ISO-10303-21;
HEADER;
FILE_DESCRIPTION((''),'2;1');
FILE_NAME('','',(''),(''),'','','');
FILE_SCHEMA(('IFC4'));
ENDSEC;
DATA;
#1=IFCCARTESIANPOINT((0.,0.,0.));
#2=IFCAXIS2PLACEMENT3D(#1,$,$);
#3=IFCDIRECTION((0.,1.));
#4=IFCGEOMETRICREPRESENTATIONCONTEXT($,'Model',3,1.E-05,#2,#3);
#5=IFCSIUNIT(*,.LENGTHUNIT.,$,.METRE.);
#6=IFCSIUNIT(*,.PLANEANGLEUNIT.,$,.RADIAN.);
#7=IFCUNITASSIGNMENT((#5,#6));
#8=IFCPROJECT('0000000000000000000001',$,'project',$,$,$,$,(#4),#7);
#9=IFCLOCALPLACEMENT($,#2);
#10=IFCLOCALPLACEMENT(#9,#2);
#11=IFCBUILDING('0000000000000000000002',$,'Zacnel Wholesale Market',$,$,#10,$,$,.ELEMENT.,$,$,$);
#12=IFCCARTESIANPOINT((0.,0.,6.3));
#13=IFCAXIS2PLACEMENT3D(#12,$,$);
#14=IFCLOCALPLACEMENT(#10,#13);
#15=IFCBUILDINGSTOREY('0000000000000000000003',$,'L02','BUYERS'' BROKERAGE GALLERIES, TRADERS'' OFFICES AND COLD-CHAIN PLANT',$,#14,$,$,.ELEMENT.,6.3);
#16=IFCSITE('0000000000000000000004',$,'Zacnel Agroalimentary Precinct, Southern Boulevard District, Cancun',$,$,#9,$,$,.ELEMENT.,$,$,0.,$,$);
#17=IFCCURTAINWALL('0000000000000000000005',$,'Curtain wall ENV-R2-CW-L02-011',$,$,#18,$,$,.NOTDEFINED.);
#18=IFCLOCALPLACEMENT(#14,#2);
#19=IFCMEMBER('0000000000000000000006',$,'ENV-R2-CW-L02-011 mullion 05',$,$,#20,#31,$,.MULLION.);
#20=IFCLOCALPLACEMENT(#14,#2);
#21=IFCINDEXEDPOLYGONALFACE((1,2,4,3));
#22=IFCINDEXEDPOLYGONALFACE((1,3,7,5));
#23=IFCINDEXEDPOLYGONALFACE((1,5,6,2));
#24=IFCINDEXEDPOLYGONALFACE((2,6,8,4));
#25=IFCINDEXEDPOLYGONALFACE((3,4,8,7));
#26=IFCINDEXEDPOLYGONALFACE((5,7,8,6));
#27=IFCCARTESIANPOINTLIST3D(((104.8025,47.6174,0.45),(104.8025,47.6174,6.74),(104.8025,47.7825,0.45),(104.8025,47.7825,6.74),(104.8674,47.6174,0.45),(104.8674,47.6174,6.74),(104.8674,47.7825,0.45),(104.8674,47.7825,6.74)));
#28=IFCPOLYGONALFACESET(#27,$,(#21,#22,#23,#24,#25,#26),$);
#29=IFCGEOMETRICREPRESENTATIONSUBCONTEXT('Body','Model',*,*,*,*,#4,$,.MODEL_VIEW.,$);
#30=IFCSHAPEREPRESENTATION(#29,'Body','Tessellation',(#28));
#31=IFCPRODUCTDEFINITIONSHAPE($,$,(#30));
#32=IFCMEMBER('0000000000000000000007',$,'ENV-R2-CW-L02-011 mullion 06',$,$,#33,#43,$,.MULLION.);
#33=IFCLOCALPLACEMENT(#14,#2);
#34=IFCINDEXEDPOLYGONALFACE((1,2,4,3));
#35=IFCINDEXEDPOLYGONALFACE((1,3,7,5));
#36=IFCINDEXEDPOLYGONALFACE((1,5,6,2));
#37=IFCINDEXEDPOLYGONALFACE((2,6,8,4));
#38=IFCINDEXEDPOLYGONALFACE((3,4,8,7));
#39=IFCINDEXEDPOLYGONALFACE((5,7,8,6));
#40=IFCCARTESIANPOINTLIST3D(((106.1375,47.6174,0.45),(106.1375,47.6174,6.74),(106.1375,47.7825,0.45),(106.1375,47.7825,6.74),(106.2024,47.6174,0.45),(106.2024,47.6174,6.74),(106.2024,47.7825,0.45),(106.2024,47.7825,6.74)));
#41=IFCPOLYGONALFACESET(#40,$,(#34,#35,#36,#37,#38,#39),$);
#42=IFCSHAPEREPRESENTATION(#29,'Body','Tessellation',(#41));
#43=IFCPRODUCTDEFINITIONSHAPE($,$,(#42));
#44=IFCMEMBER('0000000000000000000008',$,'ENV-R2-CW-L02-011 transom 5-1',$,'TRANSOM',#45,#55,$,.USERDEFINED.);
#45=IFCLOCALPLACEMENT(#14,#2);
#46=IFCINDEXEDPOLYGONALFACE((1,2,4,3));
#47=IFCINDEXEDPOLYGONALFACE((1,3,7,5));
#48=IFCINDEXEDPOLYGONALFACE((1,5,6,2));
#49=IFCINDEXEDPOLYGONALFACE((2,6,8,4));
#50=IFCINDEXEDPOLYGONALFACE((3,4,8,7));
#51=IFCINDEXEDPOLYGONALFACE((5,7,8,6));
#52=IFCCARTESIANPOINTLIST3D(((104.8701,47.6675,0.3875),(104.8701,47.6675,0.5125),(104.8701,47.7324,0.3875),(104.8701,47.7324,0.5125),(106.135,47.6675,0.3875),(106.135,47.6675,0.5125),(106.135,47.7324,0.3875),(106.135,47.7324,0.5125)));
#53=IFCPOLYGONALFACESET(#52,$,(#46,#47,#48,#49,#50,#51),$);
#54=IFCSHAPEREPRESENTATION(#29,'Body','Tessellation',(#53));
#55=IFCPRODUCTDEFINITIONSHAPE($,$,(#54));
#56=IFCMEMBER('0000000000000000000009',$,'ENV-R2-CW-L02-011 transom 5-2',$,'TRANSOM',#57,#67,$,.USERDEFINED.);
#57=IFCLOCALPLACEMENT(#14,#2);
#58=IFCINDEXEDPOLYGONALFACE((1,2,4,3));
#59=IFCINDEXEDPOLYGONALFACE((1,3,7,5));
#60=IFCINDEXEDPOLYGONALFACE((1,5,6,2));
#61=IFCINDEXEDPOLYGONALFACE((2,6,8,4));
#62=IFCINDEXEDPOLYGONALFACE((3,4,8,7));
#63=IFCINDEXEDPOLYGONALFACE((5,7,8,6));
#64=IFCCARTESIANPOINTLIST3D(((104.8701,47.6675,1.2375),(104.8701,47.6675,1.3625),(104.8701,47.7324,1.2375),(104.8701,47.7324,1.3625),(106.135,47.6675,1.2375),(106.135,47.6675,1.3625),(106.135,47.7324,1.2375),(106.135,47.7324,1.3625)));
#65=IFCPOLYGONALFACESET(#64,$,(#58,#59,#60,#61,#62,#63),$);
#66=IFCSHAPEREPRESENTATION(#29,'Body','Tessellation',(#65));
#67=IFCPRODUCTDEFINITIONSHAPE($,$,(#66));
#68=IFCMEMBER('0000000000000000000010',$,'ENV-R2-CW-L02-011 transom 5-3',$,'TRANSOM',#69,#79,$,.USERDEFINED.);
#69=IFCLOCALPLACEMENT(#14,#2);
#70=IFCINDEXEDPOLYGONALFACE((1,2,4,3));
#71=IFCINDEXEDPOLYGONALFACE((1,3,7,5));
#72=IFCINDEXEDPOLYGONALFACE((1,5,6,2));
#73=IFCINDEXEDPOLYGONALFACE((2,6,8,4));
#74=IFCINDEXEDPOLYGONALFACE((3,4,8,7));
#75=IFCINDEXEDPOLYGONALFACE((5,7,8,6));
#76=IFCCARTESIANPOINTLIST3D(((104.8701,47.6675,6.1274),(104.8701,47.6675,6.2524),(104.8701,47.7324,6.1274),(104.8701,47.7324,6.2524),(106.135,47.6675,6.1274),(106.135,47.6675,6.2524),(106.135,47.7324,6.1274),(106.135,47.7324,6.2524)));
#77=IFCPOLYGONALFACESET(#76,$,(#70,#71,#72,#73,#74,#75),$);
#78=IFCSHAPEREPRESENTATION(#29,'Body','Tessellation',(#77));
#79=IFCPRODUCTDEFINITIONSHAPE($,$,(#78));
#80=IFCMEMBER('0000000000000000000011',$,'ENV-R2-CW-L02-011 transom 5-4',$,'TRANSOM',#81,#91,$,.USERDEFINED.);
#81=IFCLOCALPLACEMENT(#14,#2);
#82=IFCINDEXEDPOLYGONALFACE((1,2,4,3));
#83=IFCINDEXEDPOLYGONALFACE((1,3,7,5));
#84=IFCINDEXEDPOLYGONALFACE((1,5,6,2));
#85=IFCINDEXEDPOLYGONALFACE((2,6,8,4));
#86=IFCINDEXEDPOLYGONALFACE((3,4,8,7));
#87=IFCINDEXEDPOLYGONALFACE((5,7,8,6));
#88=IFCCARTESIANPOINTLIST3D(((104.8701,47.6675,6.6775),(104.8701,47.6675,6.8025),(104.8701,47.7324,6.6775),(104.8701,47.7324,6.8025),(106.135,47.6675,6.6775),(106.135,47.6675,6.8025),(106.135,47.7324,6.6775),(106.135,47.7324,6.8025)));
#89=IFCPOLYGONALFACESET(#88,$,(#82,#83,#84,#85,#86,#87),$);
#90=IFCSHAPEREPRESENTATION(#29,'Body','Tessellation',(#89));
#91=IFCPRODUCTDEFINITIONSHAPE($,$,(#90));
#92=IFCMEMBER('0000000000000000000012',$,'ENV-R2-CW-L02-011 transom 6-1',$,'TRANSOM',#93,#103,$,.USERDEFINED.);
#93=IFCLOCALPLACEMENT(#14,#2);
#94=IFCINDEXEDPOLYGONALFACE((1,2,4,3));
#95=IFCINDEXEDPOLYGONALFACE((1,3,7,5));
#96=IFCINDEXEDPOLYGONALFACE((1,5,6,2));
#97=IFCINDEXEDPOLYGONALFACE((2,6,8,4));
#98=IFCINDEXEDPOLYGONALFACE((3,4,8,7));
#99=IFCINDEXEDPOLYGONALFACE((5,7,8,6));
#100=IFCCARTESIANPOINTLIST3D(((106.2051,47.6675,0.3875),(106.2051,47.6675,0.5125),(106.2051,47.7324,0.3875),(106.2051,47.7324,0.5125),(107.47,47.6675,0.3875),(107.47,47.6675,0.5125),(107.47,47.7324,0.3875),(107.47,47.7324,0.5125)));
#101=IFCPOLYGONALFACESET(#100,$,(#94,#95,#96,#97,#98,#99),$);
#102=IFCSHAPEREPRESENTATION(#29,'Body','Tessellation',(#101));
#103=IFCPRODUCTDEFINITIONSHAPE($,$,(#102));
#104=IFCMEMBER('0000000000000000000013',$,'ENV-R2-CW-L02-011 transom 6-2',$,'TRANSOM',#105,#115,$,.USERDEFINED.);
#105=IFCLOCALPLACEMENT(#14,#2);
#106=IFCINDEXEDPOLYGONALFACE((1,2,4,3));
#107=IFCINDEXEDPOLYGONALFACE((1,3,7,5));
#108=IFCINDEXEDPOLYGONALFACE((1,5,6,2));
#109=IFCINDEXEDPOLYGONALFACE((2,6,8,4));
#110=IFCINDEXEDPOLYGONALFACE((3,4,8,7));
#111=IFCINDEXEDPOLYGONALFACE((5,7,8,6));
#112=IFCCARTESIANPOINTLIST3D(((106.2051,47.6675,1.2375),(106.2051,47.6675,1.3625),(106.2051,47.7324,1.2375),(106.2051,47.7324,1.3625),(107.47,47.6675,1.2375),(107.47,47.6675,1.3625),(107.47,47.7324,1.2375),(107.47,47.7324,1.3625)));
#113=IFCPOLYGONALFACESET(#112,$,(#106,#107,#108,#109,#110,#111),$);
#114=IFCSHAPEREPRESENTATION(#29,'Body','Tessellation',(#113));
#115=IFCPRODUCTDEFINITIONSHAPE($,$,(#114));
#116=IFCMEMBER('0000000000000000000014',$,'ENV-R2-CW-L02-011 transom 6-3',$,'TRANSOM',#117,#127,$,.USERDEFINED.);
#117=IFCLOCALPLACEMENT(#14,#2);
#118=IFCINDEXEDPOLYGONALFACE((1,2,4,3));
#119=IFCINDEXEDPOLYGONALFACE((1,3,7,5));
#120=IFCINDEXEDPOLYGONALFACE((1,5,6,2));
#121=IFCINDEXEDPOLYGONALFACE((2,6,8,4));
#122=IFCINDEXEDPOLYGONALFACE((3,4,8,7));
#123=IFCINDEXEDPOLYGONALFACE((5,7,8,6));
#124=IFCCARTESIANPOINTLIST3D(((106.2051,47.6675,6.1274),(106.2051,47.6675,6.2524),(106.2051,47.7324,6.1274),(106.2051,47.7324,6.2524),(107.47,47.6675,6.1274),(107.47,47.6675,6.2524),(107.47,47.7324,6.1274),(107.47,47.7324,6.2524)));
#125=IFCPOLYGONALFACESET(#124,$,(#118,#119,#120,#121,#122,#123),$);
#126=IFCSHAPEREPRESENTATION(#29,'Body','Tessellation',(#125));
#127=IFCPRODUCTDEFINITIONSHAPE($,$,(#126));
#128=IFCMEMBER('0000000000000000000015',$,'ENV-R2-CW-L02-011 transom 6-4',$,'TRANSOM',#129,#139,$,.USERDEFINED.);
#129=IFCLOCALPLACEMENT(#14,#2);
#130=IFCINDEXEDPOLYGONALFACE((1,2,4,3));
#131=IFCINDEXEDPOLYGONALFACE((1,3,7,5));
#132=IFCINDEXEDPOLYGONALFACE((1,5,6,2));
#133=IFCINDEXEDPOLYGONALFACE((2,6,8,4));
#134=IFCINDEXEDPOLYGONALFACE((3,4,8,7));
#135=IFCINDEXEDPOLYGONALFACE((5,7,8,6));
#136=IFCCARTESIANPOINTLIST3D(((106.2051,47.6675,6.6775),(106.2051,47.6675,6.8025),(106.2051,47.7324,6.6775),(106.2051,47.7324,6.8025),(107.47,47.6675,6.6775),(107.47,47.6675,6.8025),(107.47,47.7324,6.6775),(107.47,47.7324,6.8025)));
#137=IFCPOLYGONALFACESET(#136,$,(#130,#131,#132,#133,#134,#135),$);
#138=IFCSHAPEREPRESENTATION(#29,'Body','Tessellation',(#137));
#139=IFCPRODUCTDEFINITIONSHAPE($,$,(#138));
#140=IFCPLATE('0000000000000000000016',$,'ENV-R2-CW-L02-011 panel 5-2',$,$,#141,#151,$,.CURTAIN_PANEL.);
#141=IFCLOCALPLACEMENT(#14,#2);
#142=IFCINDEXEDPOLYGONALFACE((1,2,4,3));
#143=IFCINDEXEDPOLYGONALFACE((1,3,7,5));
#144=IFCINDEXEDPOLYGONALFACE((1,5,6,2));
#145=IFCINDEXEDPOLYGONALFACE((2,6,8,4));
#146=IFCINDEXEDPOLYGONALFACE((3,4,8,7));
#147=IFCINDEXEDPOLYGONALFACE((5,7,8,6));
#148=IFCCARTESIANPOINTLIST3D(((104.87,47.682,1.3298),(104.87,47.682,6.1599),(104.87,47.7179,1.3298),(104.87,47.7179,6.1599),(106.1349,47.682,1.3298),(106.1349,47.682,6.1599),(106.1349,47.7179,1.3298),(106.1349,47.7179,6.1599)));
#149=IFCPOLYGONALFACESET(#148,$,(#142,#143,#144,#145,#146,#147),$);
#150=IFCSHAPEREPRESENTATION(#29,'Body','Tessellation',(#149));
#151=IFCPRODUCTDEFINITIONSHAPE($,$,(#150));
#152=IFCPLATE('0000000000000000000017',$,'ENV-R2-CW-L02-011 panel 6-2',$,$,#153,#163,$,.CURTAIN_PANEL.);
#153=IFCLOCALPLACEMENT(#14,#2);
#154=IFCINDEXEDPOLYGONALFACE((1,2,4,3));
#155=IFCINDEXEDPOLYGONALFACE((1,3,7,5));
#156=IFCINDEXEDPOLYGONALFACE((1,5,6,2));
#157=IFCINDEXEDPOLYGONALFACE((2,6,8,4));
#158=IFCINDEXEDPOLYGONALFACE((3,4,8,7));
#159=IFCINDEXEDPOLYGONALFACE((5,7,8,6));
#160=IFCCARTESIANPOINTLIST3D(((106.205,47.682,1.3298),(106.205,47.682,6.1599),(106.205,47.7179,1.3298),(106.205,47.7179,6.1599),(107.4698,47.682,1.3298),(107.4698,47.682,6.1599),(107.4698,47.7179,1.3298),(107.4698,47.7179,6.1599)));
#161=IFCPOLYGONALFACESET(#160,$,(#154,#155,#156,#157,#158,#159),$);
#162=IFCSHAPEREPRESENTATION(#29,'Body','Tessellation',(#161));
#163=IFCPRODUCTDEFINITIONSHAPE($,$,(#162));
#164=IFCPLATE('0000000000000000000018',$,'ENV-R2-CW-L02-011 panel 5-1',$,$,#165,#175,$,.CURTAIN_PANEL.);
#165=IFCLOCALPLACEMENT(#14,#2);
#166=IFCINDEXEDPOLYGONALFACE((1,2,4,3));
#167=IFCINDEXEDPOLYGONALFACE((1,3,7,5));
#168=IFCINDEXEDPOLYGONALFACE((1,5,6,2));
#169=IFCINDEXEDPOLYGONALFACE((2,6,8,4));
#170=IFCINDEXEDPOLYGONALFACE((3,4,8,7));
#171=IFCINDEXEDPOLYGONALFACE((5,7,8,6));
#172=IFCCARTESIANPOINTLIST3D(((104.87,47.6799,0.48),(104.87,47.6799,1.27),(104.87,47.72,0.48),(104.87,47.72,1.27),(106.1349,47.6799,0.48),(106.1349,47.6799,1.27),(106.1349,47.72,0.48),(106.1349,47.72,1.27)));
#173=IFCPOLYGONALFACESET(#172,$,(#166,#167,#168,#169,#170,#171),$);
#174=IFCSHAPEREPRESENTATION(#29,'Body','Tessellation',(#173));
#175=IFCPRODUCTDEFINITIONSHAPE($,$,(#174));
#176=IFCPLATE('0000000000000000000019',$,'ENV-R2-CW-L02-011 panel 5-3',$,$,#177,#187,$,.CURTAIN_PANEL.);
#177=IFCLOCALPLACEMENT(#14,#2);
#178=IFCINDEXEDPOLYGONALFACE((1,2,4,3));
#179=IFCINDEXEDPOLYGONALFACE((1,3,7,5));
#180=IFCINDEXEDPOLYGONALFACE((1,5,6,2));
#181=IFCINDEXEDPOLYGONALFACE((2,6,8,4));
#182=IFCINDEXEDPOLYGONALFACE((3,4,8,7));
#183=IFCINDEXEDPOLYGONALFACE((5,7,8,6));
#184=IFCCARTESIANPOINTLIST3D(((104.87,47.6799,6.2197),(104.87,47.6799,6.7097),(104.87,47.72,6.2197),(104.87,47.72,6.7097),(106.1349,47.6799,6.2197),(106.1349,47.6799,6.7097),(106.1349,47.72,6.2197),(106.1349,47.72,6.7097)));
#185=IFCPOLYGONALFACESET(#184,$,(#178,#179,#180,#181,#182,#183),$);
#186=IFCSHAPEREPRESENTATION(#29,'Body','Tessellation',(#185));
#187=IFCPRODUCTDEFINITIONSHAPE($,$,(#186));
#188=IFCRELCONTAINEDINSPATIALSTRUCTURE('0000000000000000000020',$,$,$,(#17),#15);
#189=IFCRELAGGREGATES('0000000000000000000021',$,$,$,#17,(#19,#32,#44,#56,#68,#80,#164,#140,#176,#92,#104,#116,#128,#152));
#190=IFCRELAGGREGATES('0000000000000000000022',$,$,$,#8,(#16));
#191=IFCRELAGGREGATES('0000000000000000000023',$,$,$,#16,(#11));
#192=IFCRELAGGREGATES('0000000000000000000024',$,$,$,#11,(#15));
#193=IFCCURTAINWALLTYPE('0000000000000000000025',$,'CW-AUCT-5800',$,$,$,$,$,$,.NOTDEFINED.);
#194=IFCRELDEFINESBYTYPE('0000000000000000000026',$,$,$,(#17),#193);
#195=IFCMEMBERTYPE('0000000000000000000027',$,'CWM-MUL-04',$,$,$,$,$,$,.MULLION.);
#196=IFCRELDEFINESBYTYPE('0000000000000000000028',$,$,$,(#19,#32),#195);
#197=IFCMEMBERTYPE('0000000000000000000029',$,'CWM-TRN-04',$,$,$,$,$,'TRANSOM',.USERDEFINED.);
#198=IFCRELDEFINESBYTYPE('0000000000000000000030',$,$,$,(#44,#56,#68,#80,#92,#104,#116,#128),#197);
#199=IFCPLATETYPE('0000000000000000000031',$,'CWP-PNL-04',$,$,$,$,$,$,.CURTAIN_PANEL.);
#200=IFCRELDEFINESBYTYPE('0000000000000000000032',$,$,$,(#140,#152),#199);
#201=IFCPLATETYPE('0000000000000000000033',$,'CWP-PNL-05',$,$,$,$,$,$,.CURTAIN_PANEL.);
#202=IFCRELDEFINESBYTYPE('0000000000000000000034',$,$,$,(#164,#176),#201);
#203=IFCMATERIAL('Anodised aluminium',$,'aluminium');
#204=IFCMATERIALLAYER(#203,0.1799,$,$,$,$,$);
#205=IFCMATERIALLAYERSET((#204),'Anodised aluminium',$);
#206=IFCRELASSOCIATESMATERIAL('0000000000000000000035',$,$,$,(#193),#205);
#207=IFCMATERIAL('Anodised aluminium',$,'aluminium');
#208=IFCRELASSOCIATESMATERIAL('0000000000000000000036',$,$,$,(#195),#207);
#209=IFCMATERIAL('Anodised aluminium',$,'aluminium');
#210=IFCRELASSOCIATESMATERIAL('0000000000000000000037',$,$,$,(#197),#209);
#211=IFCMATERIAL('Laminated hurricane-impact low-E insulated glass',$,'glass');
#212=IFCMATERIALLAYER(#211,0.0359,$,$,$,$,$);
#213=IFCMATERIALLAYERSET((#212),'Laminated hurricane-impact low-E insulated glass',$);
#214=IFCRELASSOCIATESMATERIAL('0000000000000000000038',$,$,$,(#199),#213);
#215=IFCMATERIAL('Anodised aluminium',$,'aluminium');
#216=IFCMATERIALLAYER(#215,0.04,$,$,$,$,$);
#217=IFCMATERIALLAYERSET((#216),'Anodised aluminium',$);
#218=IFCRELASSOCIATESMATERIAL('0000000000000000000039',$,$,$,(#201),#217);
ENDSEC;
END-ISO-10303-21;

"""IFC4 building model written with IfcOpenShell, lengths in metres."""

from ifc_helpers import new_model, si_unit, direction, frame, origin, origin_2d, place, context, subcontext, project, spatial, rectangle, extrude, material, layer, layer_set, material_profile, profile_set, type_object, element, aggregate, save


model = new_model("IFC4")

# Units and contexts
model_context = context("Model", 3, precision=1e-05, world=origin(), true_north=direction((0.0, 1.0)))
body_context = subcontext(model_context, "Body", "Model", "MODEL_VIEW")
ifc_project = project(units=[si_unit("LENGTHUNIT", "METRE"), si_unit("PLANEANGLEUNIT", "RADIAN")], contexts=[model_context])

# Site, building, storey
site_placement = place(None, origin())
site = spatial("IfcSite", under=ifc_project, at=site_placement, Name="Zacnel Agroalimentary Precinct, Southern Boulevard District, Cancun", CompositionType="ELEMENT", RefElevation=0.0)
building_placement = place(site_placement, origin())
building = spatial("IfcBuilding", under=site, at=building_placement, Name="Zacnel Wholesale Market", CompositionType="ELEMENT")
storey_placement = place(building_placement, frame((0.0, 0.0, 6.3)))
storey = spatial("IfcBuildingStorey", under=building, at=storey_placement, Name="L02", Description="BUYERS' BROKERAGE GALLERIES, TRADERS' OFFICES AND COLD-CHAIN PLANT", CompositionType="ELEMENT", Elevation=6.3)

# Curtain wall, members, plates
ifc_material_1 = material(Name="Anodised aluminium", Category="aluminium")
ifc_layer_1 = layer(ifc_material_1, 0.1799)
ifc_layer_set_1 = layer_set([ifc_layer_1], Name="Anodised aluminium")
curtain_wall_type = type_object("IfcCurtainWallType", Name="CW-AUCT-5800", PredefinedType="NOTDEFINED", material=ifc_layer_set_1)
curtain_wall_placement = place(storey_placement, origin())
curtain_wall = element("IfcCurtainWall", 1, at=curtain_wall_placement, inside=storey, type_object=curtain_wall_type, Name="Curtain wall ENV-R2-CW-L02-011", PredefinedType="NOTDEFINED")
ifc_material_2 = material(Name="Anodised aluminium", Category="aluminium")
ifc_material_profile_1 = material_profile(ifc_material_2, rectangle(XDim=0.0649, YDim=0.165, at=origin_2d()), Name="AW-MULLION 65x165")
ifc_profile_set_1 = profile_set([ifc_material_profile_1], Name="Anodised aluminium")
member_type_1 = type_object("IfcMemberType", Name="CWM-MUL-04", PredefinedType="MULLION", material=ifc_profile_set_1)
member_1_placement = place(storey_placement, frame((104.835, 47.7, 0.45), z_axis=(0.0, 0.0, 1.0), x_axis=(1.0, 0.0, 0.0)))
member_1 = element("IfcMember", 2, at=member_1_placement, type_object=member_type_1, Name="ENV-R2-CW-L02-011 mullion 05", PredefinedType="MULLION", context=body_context, shape_type="SweptSolid", body=[
    extrude(rectangle(XDim=0.0649, YDim=0.165, at=origin_2d()), origin(), (0.0, 0.0, 1.0), 6.29),
])
member_2_placement = place(storey_placement, frame((106.1699, 47.7, 0.45), z_axis=(0.0, 0.0, 1.0), x_axis=(1.0, 0.0, 0.0)))
member_2 = element("IfcMember", 3, at=member_2_placement, type_object=member_type_1, Name="ENV-R2-CW-L02-011 mullion 06", PredefinedType="MULLION", context=body_context, shape_type="SweptSolid", body=[
    extrude(rectangle(XDim=0.0649, YDim=0.165, at=origin_2d()), origin(), (0.0, 0.0, 1.0), 6.29),
])
ifc_material_3 = material(Name="Anodised aluminium", Category="aluminium")
ifc_material_profile_2 = material_profile(ifc_material_3, rectangle(XDim=0.0649, YDim=0.125, at=origin_2d()), Name="AW-TRANSOM 65x125")
ifc_profile_set_2 = profile_set([ifc_material_profile_2], Name="Anodised aluminium")
member_type_2 = type_object("IfcMemberType", Name="CWM-TRN-04", ElementType="TRANSOM", PredefinedType="USERDEFINED", material=ifc_profile_set_2)
member_3_placement = place(storey_placement, frame((104.8701, 47.7, 0.45), z_axis=(1.0, 0.0, 0.0), x_axis=(0.0, 1.0, 0.0)))
member_3 = element("IfcMember", 4, at=member_3_placement, type_object=member_type_2, Name="ENV-R2-CW-L02-011 transom 5-1", ObjectType="TRANSOM", PredefinedType="USERDEFINED", context=body_context, shape_type="SweptSolid", body=[
    extrude(rectangle(XDim=0.0649, YDim=0.125, at=origin_2d()), origin(), (0.0, 0.0, 1.0), 1.2649),
])
member_4_placement = place(storey_placement, frame((104.8701, 47.7, 1.3), z_axis=(1.0, 0.0, 0.0), x_axis=(0.0, 1.0, 0.0)))
member_4 = element("IfcMember", 5, at=member_4_placement, type_object=member_type_2, Name="ENV-R2-CW-L02-011 transom 5-2", ObjectType="TRANSOM", PredefinedType="USERDEFINED", context=body_context, shape_type="SweptSolid", body=[
    extrude(rectangle(XDim=0.0649, YDim=0.125, at=origin_2d()), origin(), (0.0, 0.0, 1.0), 1.2649),
])
member_5_placement = place(storey_placement, frame((104.8701, 47.7, 6.1899), z_axis=(1.0, 0.0, 0.0), x_axis=(0.0, 1.0, 0.0)))
member_5 = element("IfcMember", 6, at=member_5_placement, type_object=member_type_2, Name="ENV-R2-CW-L02-011 transom 5-3", ObjectType="TRANSOM", PredefinedType="USERDEFINED", context=body_context, shape_type="SweptSolid", body=[
    extrude(rectangle(XDim=0.0649, YDim=0.125, at=origin_2d()), origin(), (0.0, 0.0, 1.0), 1.2649),
])
member_6_placement = place(storey_placement, frame((104.8701, 47.7, 6.74), z_axis=(1.0, 0.0, 0.0), x_axis=(0.0, 1.0, 0.0)))
member_6 = element("IfcMember", 7, at=member_6_placement, type_object=member_type_2, Name="ENV-R2-CW-L02-011 transom 5-4", ObjectType="TRANSOM", PredefinedType="USERDEFINED", context=body_context, shape_type="SweptSolid", body=[
    extrude(rectangle(XDim=0.0649, YDim=0.125, at=origin_2d()), origin(), (0.0, 0.0, 1.0), 1.2649),
])
member_7_placement = place(storey_placement, frame((106.2051, 47.7, 0.45), z_axis=(1.0, 0.0, 0.0), x_axis=(0.0, 1.0, 0.0)))
member_7 = element("IfcMember", 8, at=member_7_placement, type_object=member_type_2, Name="ENV-R2-CW-L02-011 transom 6-1", ObjectType="TRANSOM", PredefinedType="USERDEFINED", context=body_context, shape_type="SweptSolid", body=[
    extrude(rectangle(XDim=0.0649, YDim=0.125, at=origin_2d()), origin(), (0.0, 0.0, 1.0), 1.2649),
])
member_8_placement = place(storey_placement, frame((106.2051, 47.7, 1.3), z_axis=(1.0, 0.0, 0.0), x_axis=(0.0, 1.0, 0.0)))
member_8 = element("IfcMember", 9, at=member_8_placement, type_object=member_type_2, Name="ENV-R2-CW-L02-011 transom 6-2", ObjectType="TRANSOM", PredefinedType="USERDEFINED", context=body_context, shape_type="SweptSolid", body=[
    extrude(rectangle(XDim=0.0649, YDim=0.125, at=origin_2d()), origin(), (0.0, 0.0, 1.0), 1.2649),
])
member_9_placement = place(storey_placement, frame((106.2051, 47.7, 6.1899), z_axis=(1.0, 0.0, 0.0), x_axis=(0.0, 1.0, 0.0)))
member_9 = element("IfcMember", 10, at=member_9_placement, type_object=member_type_2, Name="ENV-R2-CW-L02-011 transom 6-3", ObjectType="TRANSOM", PredefinedType="USERDEFINED", context=body_context, shape_type="SweptSolid", body=[
    extrude(rectangle(XDim=0.0649, YDim=0.125, at=origin_2d()), origin(), (0.0, 0.0, 1.0), 1.2649),
])
member_10_placement = place(storey_placement, frame((106.2051, 47.7, 6.74), z_axis=(1.0, 0.0, 0.0), x_axis=(0.0, 1.0, 0.0)))
member_10 = element("IfcMember", 11, at=member_10_placement, type_object=member_type_2, Name="ENV-R2-CW-L02-011 transom 6-4", ObjectType="TRANSOM", PredefinedType="USERDEFINED", context=body_context, shape_type="SweptSolid", body=[
    extrude(rectangle(XDim=0.0649, YDim=0.125, at=origin_2d()), origin(), (0.0, 0.0, 1.0), 1.2649),
])
ifc_material_4 = material(Name="Laminated hurricane-impact low-E insulated glass", Category="glass")
ifc_layer_2 = layer(ifc_material_4, 0.0359)
ifc_layer_set_2 = layer_set([ifc_layer_2], Name="Laminated hurricane-impact low-E insulated glass")
plate_type_1 = type_object("IfcPlateType", Name="CWP-PNL-04", PredefinedType="CURTAIN_PANEL", material=ifc_layer_set_2)
plate_1_placement = place(storey_placement, frame((105.5024, 47.7, 1.3298), z_axis=(0.0, 0.0, 1.0), x_axis=(1.0, 0.0, 0.0)))
plate_1 = element("IfcPlate", 12, at=plate_1_placement, type_object=plate_type_1, Name="ENV-R2-CW-L02-011 panel 5-2", PredefinedType="CURTAIN_PANEL", context=body_context, shape_type="SweptSolid", body=[
    extrude(rectangle(XDim=1.2649, YDim=0.0359, at=origin_2d()), origin(), (0.0, 0.0, 1.0), 4.8301),
])
plate_2_placement = place(storey_placement, frame((106.8374, 47.7, 1.3298), z_axis=(0.0, 0.0, 1.0), x_axis=(1.0, 0.0, 0.0)))
plate_2 = element("IfcPlate", 13, at=plate_2_placement, type_object=plate_type_1, Name="ENV-R2-CW-L02-011 panel 6-2", PredefinedType="CURTAIN_PANEL", context=body_context, shape_type="SweptSolid", body=[
    extrude(rectangle(XDim=1.2649, YDim=0.0359, at=origin_2d()), origin(), (0.0, 0.0, 1.0), 4.8301),
])
ifc_material_5 = material(Name="Anodised aluminium", Category="aluminium")
ifc_layer_3 = layer(ifc_material_5, 0.04)
ifc_layer_set_3 = layer_set([ifc_layer_3], Name="Anodised aluminium")
plate_type_2 = type_object("IfcPlateType", Name="CWP-PNL-05", PredefinedType="CURTAIN_PANEL", material=ifc_layer_set_3)
plate_3_placement = place(storey_placement, frame((105.5024, 47.7, 0.48), z_axis=(0.0, 0.0, 1.0), x_axis=(1.0, 0.0, 0.0)))
plate_3 = element("IfcPlate", 14, at=plate_3_placement, type_object=plate_type_2, Name="ENV-R2-CW-L02-011 panel 5-1", PredefinedType="CURTAIN_PANEL", context=body_context, shape_type="SweptSolid", body=[
    extrude(rectangle(XDim=1.2649, YDim=0.04, at=origin_2d()), origin(), (0.0, 0.0, 1.0), 0.79),
])
plate_4_placement = place(storey_placement, frame((105.5024, 47.7, 6.2197), z_axis=(0.0, 0.0, 1.0), x_axis=(1.0, 0.0, 0.0)))
plate_4 = element("IfcPlate", 15, at=plate_4_placement, type_object=plate_type_2, Name="ENV-R2-CW-L02-011 panel 5-3", PredefinedType="CURTAIN_PANEL", context=body_context, shape_type="SweptSolid", body=[
    extrude(rectangle(XDim=1.2649, YDim=0.04, at=origin_2d()), origin(), (0.0, 0.0, 1.0), 0.49),
])
aggregate(curtain_wall, [member_1, member_2, member_3, member_4, member_5, member_6, plate_3, plate_1, plate_4, member_7, member_8, member_9, member_10, plate_2])

save(model, "model.ifc")
